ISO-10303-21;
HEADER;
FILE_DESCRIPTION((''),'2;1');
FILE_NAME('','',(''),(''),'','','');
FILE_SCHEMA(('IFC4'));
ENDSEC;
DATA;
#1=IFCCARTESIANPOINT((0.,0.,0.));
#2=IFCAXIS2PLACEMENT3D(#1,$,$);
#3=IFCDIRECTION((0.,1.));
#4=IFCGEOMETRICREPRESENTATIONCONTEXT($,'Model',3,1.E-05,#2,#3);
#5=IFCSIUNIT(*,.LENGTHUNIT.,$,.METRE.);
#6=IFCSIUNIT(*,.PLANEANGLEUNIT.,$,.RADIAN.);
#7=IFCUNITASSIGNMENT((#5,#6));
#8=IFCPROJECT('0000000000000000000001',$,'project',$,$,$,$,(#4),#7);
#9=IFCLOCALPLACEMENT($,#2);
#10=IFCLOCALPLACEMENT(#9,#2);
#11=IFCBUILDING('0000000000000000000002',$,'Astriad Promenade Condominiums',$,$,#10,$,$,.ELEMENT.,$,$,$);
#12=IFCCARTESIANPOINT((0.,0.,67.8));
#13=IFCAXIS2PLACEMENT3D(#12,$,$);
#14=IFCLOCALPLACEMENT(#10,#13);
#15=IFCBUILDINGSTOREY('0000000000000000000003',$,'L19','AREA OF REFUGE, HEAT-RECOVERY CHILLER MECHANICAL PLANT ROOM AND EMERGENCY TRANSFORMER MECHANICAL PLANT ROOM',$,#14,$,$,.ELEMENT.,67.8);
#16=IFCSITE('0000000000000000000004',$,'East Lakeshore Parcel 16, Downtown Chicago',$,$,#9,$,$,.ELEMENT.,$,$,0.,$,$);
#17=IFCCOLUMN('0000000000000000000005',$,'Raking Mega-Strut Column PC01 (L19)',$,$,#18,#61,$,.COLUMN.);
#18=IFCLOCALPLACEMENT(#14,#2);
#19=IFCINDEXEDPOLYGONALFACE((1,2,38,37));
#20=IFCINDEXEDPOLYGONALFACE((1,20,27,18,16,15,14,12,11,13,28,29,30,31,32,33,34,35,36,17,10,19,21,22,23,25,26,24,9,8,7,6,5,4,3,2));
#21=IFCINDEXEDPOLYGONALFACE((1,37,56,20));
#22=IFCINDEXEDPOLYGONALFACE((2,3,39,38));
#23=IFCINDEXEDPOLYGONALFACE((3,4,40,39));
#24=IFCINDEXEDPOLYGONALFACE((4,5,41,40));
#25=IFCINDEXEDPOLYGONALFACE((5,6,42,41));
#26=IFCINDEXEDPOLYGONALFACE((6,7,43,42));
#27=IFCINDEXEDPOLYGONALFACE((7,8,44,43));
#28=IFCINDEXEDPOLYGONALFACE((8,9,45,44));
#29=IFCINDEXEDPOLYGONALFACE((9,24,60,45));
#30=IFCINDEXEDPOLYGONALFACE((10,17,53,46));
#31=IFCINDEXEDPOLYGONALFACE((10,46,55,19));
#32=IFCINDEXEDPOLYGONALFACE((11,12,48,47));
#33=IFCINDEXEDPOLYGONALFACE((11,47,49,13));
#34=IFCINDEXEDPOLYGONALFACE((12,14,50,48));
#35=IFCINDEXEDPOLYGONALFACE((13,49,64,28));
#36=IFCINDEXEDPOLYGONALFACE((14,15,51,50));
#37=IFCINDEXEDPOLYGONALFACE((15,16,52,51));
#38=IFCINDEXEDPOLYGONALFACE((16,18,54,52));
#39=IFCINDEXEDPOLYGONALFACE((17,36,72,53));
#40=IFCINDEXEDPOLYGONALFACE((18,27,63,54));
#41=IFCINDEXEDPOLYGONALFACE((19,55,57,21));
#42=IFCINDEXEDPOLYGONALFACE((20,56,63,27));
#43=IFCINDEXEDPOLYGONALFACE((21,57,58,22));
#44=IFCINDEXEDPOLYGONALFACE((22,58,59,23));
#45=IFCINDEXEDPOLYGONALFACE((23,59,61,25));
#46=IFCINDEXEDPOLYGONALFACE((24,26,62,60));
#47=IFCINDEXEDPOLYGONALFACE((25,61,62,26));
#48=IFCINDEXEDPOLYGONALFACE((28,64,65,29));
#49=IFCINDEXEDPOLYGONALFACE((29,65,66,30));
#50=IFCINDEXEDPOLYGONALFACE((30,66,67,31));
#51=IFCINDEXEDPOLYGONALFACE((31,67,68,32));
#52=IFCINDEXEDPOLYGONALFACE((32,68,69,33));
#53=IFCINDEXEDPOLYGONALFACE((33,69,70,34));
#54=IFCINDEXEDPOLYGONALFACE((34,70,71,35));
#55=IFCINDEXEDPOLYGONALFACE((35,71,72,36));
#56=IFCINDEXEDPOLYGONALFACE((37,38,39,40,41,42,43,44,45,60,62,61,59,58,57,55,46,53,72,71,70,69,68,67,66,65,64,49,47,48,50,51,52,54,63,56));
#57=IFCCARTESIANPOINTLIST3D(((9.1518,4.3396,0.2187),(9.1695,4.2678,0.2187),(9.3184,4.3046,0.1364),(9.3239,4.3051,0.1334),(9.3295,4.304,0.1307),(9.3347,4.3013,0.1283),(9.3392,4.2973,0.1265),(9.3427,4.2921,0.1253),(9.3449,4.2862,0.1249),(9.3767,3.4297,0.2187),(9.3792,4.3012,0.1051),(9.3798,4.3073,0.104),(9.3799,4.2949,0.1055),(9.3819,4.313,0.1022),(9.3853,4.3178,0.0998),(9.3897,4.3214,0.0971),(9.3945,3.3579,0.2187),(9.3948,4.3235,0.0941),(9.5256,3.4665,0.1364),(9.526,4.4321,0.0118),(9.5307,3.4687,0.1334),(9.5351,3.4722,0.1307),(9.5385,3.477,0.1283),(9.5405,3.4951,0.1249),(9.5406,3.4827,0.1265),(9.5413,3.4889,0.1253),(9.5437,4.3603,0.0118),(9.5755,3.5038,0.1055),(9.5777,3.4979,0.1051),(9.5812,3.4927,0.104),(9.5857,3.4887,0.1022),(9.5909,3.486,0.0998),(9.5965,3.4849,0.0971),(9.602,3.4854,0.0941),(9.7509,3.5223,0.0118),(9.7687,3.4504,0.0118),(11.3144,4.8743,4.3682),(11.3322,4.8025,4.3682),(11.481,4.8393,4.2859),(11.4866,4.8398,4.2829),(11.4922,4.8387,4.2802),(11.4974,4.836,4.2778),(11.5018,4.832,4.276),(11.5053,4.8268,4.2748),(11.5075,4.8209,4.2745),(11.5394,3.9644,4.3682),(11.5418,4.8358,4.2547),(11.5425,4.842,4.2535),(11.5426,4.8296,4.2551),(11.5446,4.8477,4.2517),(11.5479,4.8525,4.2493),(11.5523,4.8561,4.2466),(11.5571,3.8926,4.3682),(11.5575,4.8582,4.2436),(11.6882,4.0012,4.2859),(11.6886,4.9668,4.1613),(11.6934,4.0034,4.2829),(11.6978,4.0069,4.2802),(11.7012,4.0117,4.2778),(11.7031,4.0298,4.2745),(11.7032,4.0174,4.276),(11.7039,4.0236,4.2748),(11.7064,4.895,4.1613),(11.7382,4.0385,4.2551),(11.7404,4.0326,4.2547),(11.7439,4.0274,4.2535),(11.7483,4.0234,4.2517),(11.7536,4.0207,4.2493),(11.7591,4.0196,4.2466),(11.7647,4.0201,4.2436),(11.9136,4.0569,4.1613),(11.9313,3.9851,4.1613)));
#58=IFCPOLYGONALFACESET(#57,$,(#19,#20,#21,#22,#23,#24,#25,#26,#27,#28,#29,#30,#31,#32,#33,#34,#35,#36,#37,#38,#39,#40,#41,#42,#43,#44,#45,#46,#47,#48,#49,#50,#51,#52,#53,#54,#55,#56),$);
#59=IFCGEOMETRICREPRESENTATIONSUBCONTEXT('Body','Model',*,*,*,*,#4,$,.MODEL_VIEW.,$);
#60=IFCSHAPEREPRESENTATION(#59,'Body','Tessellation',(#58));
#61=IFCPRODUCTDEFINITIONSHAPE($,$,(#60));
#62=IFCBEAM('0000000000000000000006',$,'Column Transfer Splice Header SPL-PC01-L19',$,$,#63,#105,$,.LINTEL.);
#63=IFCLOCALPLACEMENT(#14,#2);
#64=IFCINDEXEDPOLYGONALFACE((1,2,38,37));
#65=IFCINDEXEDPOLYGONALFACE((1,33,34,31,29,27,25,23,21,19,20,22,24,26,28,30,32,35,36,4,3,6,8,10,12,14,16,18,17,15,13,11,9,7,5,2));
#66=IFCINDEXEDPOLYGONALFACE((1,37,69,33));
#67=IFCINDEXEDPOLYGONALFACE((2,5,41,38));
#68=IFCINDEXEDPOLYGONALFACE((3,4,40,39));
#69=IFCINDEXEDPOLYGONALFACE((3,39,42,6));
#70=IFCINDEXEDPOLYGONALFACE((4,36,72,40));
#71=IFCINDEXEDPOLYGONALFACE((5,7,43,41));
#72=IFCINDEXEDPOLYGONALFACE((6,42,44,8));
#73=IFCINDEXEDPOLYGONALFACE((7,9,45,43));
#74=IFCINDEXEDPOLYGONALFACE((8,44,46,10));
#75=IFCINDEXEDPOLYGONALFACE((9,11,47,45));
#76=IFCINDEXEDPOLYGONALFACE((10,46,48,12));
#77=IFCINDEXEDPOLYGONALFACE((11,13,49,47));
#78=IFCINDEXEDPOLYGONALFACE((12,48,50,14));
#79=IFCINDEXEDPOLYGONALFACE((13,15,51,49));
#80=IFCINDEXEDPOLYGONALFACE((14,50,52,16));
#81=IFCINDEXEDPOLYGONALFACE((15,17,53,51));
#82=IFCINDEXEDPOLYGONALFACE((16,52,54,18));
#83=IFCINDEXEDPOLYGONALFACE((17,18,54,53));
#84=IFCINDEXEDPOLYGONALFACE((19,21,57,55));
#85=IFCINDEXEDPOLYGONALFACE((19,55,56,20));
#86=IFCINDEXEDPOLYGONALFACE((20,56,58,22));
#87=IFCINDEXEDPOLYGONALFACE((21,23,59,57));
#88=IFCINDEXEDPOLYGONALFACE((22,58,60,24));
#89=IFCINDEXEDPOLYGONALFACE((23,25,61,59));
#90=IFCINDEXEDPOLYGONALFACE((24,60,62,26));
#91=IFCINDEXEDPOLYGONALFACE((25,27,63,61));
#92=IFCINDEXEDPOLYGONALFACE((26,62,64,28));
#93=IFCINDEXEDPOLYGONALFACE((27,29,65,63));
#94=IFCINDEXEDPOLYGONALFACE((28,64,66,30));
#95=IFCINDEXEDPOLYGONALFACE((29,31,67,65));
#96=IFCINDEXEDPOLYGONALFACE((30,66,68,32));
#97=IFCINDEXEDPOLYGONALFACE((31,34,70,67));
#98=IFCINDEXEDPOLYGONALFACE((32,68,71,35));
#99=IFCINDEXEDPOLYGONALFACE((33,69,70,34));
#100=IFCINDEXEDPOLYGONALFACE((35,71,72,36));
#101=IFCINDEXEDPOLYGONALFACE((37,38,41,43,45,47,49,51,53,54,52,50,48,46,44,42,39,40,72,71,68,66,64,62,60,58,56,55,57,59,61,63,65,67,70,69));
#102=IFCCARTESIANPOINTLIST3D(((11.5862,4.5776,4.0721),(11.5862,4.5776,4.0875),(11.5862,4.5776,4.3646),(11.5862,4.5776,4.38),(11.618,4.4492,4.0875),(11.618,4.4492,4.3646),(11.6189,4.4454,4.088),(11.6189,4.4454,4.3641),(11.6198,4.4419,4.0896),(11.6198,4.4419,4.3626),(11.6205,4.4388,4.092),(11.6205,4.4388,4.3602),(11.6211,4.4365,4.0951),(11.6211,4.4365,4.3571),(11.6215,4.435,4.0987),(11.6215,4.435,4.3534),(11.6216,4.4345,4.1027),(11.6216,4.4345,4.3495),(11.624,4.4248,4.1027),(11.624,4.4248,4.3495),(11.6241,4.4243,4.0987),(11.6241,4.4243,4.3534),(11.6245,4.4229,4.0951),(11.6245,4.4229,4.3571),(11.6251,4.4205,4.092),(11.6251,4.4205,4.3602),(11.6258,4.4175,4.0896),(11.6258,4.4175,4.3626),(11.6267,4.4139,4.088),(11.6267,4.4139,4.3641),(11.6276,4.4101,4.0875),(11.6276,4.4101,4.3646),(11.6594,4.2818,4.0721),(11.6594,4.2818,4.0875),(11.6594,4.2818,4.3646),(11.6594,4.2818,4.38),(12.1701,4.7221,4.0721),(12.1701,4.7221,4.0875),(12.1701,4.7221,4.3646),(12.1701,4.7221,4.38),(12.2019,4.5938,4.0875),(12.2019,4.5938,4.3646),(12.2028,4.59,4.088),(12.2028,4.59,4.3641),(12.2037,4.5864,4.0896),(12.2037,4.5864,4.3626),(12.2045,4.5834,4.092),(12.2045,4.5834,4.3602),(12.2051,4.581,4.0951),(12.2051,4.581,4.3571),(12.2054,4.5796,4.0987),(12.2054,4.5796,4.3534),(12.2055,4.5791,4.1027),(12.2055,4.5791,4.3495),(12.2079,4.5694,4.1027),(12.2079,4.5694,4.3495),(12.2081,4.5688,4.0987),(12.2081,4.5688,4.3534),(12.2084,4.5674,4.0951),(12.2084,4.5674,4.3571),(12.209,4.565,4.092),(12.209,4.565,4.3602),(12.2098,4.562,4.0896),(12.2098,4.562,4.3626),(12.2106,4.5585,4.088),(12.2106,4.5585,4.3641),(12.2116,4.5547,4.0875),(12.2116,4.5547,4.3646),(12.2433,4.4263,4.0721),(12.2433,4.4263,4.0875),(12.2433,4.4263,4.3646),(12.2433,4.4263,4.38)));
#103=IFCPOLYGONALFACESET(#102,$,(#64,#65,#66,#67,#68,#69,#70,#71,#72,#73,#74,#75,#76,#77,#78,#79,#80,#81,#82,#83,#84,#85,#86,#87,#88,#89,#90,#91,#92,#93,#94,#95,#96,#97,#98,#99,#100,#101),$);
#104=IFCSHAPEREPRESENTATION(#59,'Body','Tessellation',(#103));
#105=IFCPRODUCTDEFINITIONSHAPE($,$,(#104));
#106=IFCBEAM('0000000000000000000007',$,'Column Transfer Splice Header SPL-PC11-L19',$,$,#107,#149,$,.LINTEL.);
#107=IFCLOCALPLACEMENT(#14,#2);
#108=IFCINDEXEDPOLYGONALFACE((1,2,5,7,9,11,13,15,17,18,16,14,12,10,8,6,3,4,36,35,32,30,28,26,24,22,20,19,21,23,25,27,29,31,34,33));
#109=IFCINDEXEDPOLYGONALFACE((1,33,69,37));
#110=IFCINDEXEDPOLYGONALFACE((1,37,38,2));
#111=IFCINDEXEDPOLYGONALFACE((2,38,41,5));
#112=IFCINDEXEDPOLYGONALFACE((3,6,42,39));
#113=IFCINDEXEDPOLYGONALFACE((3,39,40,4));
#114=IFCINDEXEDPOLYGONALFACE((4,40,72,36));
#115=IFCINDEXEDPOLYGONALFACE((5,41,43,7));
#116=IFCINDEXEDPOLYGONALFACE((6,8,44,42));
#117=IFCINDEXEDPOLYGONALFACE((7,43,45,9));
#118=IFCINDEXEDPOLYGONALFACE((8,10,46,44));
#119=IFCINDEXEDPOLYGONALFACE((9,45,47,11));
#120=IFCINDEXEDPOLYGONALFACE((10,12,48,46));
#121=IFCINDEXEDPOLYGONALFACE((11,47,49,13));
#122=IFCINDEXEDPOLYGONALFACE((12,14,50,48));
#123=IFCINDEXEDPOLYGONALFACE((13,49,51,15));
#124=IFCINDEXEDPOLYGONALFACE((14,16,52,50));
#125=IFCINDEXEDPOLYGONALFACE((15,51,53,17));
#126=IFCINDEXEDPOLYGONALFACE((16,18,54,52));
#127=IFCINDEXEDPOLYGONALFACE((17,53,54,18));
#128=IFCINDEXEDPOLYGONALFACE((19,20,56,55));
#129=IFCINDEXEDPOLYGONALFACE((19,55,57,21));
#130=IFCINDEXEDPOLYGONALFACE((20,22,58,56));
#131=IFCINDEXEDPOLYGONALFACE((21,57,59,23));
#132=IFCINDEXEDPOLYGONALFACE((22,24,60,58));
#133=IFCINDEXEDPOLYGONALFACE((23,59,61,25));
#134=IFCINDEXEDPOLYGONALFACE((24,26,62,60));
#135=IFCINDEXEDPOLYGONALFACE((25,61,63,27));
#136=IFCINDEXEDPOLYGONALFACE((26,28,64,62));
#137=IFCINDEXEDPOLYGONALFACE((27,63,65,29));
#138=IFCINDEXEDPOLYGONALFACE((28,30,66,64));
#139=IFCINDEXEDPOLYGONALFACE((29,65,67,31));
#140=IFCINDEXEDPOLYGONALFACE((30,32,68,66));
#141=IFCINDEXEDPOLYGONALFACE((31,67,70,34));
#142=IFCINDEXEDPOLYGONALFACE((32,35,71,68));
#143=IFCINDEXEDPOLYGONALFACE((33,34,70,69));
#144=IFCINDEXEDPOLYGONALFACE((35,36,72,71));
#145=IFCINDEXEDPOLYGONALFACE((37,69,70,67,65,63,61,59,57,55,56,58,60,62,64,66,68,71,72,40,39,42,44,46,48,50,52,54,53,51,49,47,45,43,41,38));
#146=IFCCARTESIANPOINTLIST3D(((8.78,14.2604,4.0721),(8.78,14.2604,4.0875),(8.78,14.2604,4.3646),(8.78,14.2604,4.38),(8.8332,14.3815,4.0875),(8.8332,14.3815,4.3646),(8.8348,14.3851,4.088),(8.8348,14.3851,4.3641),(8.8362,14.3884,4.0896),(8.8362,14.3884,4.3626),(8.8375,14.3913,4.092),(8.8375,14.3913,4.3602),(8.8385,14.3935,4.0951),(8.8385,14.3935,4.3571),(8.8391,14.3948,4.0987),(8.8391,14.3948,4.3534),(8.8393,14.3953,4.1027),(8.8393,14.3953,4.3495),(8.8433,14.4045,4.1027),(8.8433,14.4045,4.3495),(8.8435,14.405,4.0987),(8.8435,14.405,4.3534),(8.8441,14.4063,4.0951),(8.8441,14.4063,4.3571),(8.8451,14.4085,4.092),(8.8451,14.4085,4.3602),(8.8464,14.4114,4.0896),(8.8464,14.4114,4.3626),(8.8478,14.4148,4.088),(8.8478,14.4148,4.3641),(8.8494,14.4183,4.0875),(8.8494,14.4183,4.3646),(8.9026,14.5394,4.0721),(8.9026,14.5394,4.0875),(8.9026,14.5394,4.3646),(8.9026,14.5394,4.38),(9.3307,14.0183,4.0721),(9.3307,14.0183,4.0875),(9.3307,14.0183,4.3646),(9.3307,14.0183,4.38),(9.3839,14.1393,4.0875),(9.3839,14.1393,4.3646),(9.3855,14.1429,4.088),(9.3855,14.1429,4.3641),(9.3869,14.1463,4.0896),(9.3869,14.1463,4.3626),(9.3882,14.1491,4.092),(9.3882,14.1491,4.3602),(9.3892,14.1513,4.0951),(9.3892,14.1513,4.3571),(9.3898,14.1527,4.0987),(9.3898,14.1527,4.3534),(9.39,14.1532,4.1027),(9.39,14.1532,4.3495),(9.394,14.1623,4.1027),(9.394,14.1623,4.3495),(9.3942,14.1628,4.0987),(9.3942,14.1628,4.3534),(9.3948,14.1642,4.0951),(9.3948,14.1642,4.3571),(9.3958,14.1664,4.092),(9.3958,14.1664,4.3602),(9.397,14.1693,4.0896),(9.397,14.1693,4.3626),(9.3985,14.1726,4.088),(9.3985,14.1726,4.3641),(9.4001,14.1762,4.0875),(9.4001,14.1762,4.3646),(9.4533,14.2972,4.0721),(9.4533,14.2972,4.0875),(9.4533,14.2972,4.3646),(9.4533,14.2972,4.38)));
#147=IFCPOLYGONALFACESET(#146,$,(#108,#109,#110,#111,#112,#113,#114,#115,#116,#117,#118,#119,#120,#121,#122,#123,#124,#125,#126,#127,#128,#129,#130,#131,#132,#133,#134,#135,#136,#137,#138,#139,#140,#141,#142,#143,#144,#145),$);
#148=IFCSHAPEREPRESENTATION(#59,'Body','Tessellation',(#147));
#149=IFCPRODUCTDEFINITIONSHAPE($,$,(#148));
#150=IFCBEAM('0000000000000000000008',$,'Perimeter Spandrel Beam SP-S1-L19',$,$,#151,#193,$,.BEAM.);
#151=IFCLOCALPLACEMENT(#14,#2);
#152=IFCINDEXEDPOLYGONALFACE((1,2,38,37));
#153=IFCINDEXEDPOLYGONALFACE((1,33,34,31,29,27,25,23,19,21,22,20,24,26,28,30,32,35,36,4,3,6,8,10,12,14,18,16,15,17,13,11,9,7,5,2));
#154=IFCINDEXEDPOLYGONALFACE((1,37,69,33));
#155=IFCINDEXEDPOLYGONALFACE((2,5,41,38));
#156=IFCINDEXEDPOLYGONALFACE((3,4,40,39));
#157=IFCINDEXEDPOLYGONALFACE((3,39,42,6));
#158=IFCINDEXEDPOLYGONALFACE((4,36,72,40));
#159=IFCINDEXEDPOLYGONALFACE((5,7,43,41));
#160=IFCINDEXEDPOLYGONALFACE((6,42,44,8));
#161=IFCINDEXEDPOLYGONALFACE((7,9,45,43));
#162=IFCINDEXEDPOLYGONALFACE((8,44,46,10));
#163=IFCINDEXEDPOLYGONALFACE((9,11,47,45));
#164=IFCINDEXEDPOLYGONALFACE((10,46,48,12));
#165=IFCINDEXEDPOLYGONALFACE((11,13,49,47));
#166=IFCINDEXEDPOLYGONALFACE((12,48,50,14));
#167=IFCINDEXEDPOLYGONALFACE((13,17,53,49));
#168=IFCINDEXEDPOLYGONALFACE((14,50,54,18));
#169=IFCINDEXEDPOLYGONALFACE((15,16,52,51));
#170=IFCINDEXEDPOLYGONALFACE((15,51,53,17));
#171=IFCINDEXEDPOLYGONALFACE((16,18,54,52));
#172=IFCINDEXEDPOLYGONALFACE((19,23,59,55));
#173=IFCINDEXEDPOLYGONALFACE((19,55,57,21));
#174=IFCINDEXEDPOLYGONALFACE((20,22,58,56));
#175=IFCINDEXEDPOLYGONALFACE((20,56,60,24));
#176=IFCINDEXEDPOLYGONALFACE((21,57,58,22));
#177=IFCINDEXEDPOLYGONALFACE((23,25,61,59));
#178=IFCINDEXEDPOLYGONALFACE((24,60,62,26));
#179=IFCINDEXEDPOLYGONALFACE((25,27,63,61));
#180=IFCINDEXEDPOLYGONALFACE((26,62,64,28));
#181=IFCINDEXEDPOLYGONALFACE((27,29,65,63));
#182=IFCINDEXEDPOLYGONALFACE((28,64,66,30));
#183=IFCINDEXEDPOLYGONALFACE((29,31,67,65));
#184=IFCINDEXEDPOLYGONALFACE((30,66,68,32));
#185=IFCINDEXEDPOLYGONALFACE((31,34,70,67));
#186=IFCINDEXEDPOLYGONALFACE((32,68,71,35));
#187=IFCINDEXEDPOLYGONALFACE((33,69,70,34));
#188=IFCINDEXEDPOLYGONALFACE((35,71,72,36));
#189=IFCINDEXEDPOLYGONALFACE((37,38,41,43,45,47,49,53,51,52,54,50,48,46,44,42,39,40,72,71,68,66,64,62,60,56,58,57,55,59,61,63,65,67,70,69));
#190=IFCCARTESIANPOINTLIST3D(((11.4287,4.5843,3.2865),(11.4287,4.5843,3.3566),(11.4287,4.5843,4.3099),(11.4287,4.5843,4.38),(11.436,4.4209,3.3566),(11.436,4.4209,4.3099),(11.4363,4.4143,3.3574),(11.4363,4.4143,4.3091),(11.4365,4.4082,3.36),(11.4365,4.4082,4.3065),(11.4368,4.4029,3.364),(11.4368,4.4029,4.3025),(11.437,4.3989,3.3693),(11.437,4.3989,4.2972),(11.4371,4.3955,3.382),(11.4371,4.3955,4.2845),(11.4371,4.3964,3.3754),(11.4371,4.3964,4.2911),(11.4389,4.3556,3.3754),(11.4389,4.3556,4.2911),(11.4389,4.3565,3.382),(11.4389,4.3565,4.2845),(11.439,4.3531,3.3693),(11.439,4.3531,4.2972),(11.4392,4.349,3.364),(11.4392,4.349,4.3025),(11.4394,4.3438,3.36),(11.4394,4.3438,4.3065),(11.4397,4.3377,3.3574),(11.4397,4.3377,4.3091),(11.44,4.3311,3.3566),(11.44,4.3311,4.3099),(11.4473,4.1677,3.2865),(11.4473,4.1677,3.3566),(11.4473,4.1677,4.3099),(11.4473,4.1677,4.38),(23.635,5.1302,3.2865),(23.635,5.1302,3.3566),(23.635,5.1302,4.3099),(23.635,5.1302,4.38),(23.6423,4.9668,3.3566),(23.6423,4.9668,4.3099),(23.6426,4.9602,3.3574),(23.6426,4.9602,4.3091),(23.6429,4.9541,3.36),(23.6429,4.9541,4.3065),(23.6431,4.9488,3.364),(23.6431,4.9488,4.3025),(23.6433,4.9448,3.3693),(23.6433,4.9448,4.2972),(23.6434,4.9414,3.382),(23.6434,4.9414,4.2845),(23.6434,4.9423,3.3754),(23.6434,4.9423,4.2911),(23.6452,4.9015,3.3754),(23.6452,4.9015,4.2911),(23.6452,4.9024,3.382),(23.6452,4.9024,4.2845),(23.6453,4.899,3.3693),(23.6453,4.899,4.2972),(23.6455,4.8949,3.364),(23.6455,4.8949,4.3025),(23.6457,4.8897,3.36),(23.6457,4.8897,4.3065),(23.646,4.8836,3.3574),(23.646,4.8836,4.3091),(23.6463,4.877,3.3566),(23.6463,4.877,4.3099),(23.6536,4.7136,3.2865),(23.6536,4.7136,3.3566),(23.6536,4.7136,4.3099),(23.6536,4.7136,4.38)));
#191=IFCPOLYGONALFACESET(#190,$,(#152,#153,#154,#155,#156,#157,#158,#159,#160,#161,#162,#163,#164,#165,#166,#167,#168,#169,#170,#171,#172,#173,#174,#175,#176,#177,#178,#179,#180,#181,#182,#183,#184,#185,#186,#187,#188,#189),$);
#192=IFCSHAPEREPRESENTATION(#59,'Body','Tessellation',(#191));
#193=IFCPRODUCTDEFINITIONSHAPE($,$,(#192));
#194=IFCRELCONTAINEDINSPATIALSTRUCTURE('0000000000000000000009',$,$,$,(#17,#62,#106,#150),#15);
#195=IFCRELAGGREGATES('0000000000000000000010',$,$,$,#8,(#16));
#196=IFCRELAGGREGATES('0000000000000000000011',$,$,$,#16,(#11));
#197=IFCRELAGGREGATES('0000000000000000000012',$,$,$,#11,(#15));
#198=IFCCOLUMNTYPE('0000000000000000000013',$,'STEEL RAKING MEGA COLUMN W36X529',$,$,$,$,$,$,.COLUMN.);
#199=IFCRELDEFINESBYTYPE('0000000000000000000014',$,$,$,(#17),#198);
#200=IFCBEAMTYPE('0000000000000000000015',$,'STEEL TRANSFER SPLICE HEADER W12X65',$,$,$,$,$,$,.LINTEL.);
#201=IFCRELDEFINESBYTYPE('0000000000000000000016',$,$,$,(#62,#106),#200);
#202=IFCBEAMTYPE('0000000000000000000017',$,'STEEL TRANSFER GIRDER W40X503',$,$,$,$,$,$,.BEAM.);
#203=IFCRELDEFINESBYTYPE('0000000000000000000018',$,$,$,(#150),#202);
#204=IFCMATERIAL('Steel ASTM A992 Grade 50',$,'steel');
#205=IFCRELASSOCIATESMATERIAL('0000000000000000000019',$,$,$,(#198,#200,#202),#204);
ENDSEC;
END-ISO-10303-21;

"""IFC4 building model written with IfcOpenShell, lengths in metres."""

from ifc_helpers import new_model, si_unit, direction, frame, origin, origin_2d, place, context, subcontext, project, spatial, i_section, extrude, source, transform, mapped, material, material_profile, profile_set, type_object, type_shapes, element, save


model = new_model("IFC4")

# Units and contexts
model_context = context("Model", 3, precision=1e-05, world=origin(), true_north=direction((0.0, 1.0)))
body_context = subcontext(model_context, "Body", "Model", "MODEL_VIEW")
ifc_project = project(units=[si_unit("LENGTHUNIT", "METRE"), si_unit("PLANEANGLEUNIT", "RADIAN")], contexts=[model_context])

# Site, building, storey
site_placement = place(None, origin())
site = spatial("IfcSite", under=ifc_project, at=site_placement, Name="East Lakeshore Parcel 16, Downtown Chicago", CompositionType="ELEMENT", RefElevation=0.0)
building_placement = place(site_placement, origin())
building = spatial("IfcBuilding", under=site, at=building_placement, Name="Astriad Promenade Condominiums", CompositionType="ELEMENT")
storey_placement = place(building_placement, frame((0.0, 0.0, 67.8)))
storey = spatial("IfcBuildingStorey", under=building, at=storey_placement, Name="L19", Description="AREA OF REFUGE, HEAT-RECOVERY CHILLER MECHANICAL PLANT ROOM AND EMERGENCY TRANSFORMER MECHANICAL PLANT ROOM", CompositionType="ELEMENT", Elevation=67.8)

# Column
ifc_material_1 = material(Name="Steel ASTM A992 Grade 50", Category="steel")
ifc_material_profile_1 = material_profile(ifc_material_1, i_section(OverallWidth=0.4375, OverallDepth=1.0112, WebThickness=0.041, FlangeThickness=0.074, FilletRadius=0.0242, at=origin_2d()), Name="W36X529")
ifc_profile_set_1 = profile_set([ifc_material_profile_1], Name="Steel ASTM A992 Grade 50")
column_type = type_object("IfcColumnType", Name="STEEL RAKING MEGA COLUMN W36X529", PredefinedType="COLUMN", material=ifc_profile_set_1)
shared_shape_1 = source(origin(), body_context, "Body", "SweptSolid", [
    extrude(i_section(OverallWidth=0.4375, OverallDepth=1.0112, WebThickness=0.041, FlangeThickness=0.074, FilletRadius=0.0242, at=origin_2d()), origin(), (0.0, 0.0, 1.0), 4.7097),
])
type_shapes(column_type, [shared_shape_1])
column_placement = place(storey_placement, frame((9.4602, 3.895, 0.1152), z_axis=(0.459189, 0.113527, 0.881054), x_axis=(-0.855302, -0.21146, 0.473015)))
element("IfcColumn", 1, at=column_placement, inside=storey, type_object=column_type, Name="Raking Mega-Strut Column PC01 (L19)", PredefinedType="COLUMN", context=body_context, shape_type="MappedRepresentation", body=[
    mapped(shared_shape_1, transform((0.0, 0.0, 0.0), scale=1.0)),
])

# Beams
ifc_material_profile_2 = material_profile(ifc_material_1, i_section(OverallWidth=0.3047, OverallDepth=0.3079, WebThickness=0.01, FlangeThickness=0.0154, FilletRadius=0.0151, at=origin_2d()), Name="W12X65")
ifc_profile_set_2 = profile_set([ifc_material_profile_2], Name="Steel ASTM A992 Grade 50")
beam_type_1 = type_object("IfcBeamType", Name="STEEL TRANSFER SPLICE HEADER W12X65", PredefinedType="LINTEL", material=ifc_profile_set_2)
shared_shape_2 = source(origin(), body_context, "Body", "SweptSolid", [
    extrude(i_section(OverallWidth=0.3047, OverallDepth=0.3079, WebThickness=0.01, FlangeThickness=0.0154, FilletRadius=0.0151, at=origin_2d()), origin(), (0.0, 0.0, 1.0), 0.6016),
])
type_shapes(beam_type_1, [shared_shape_2])
for number, where, z_axis, x_axis, name in (
    (2, (11.6228, 4.4297, 4.2261), (0.970713, 0.240243, 0.0), (-0.240243, 0.970713, 0.0), "Column Transfer Splice Header SPL-PC01-L19"),
    (3, (8.8413, 14.3999, 4.2261), (0.915411, -0.402521, 0.0), (0.402521, 0.915411, 0.0), "Column Transfer Splice Header SPL-PC11-L19"),
):
    element("IfcBeam", number, at=place(storey_placement, frame(where, z_axis=z_axis, x_axis=x_axis)), inside=storey, type_object=beam_type_1, Name=name, PredefinedType="LINTEL", context=body_context, shape_type="MappedRepresentation", body=[
        mapped(shared_shape_2, transform((0.0, 0.0, 0.0), scale=1.0)),
    ])
ifc_material_profile_3 = material_profile(ifc_material_1, i_section(OverallWidth=0.417, OverallDepth=1.0935, WebThickness=0.0391, FlangeThickness=0.0701, FilletRadius=0.0254, at=origin_2d()), Name="W40X503")
ifc_profile_set_3 = profile_set([ifc_material_profile_3], Name="Steel ASTM A992 Grade 50")
beam_type_2 = type_object("IfcBeamType", Name="STEEL TRANSFER GIRDER W40X503", PredefinedType="BEAM", material=ifc_profile_set_3)
shared_shape_3 = source(origin(), body_context, "Body", "SweptSolid", [
    extrude(i_section(OverallWidth=0.417, OverallDepth=1.0935, WebThickness=0.0391, FlangeThickness=0.0701, FilletRadius=0.0254, at=origin_2d()), origin(), (0.0, 0.0, 1.0), 12.2185),
])
beam_1_placement = place(storey_placement, frame((11.438, 4.376, 3.8333), z_axis=(0.999001, 0.044678, 0.0), x_axis=(-0.044678, 0.999001, 0.0)))
element("IfcBeam", 4, at=beam_1_placement, inside=storey, type_object=beam_type_2, Name="Perimeter Spandrel Beam SP-S1-L19", PredefinedType="BEAM", context=body_context, shape_type="MappedRepresentation", body=[
    mapped(shared_shape_3, transform((0.0, 0.0, 0.0), scale=1.0)),
])

save(model, "model.ifc")
